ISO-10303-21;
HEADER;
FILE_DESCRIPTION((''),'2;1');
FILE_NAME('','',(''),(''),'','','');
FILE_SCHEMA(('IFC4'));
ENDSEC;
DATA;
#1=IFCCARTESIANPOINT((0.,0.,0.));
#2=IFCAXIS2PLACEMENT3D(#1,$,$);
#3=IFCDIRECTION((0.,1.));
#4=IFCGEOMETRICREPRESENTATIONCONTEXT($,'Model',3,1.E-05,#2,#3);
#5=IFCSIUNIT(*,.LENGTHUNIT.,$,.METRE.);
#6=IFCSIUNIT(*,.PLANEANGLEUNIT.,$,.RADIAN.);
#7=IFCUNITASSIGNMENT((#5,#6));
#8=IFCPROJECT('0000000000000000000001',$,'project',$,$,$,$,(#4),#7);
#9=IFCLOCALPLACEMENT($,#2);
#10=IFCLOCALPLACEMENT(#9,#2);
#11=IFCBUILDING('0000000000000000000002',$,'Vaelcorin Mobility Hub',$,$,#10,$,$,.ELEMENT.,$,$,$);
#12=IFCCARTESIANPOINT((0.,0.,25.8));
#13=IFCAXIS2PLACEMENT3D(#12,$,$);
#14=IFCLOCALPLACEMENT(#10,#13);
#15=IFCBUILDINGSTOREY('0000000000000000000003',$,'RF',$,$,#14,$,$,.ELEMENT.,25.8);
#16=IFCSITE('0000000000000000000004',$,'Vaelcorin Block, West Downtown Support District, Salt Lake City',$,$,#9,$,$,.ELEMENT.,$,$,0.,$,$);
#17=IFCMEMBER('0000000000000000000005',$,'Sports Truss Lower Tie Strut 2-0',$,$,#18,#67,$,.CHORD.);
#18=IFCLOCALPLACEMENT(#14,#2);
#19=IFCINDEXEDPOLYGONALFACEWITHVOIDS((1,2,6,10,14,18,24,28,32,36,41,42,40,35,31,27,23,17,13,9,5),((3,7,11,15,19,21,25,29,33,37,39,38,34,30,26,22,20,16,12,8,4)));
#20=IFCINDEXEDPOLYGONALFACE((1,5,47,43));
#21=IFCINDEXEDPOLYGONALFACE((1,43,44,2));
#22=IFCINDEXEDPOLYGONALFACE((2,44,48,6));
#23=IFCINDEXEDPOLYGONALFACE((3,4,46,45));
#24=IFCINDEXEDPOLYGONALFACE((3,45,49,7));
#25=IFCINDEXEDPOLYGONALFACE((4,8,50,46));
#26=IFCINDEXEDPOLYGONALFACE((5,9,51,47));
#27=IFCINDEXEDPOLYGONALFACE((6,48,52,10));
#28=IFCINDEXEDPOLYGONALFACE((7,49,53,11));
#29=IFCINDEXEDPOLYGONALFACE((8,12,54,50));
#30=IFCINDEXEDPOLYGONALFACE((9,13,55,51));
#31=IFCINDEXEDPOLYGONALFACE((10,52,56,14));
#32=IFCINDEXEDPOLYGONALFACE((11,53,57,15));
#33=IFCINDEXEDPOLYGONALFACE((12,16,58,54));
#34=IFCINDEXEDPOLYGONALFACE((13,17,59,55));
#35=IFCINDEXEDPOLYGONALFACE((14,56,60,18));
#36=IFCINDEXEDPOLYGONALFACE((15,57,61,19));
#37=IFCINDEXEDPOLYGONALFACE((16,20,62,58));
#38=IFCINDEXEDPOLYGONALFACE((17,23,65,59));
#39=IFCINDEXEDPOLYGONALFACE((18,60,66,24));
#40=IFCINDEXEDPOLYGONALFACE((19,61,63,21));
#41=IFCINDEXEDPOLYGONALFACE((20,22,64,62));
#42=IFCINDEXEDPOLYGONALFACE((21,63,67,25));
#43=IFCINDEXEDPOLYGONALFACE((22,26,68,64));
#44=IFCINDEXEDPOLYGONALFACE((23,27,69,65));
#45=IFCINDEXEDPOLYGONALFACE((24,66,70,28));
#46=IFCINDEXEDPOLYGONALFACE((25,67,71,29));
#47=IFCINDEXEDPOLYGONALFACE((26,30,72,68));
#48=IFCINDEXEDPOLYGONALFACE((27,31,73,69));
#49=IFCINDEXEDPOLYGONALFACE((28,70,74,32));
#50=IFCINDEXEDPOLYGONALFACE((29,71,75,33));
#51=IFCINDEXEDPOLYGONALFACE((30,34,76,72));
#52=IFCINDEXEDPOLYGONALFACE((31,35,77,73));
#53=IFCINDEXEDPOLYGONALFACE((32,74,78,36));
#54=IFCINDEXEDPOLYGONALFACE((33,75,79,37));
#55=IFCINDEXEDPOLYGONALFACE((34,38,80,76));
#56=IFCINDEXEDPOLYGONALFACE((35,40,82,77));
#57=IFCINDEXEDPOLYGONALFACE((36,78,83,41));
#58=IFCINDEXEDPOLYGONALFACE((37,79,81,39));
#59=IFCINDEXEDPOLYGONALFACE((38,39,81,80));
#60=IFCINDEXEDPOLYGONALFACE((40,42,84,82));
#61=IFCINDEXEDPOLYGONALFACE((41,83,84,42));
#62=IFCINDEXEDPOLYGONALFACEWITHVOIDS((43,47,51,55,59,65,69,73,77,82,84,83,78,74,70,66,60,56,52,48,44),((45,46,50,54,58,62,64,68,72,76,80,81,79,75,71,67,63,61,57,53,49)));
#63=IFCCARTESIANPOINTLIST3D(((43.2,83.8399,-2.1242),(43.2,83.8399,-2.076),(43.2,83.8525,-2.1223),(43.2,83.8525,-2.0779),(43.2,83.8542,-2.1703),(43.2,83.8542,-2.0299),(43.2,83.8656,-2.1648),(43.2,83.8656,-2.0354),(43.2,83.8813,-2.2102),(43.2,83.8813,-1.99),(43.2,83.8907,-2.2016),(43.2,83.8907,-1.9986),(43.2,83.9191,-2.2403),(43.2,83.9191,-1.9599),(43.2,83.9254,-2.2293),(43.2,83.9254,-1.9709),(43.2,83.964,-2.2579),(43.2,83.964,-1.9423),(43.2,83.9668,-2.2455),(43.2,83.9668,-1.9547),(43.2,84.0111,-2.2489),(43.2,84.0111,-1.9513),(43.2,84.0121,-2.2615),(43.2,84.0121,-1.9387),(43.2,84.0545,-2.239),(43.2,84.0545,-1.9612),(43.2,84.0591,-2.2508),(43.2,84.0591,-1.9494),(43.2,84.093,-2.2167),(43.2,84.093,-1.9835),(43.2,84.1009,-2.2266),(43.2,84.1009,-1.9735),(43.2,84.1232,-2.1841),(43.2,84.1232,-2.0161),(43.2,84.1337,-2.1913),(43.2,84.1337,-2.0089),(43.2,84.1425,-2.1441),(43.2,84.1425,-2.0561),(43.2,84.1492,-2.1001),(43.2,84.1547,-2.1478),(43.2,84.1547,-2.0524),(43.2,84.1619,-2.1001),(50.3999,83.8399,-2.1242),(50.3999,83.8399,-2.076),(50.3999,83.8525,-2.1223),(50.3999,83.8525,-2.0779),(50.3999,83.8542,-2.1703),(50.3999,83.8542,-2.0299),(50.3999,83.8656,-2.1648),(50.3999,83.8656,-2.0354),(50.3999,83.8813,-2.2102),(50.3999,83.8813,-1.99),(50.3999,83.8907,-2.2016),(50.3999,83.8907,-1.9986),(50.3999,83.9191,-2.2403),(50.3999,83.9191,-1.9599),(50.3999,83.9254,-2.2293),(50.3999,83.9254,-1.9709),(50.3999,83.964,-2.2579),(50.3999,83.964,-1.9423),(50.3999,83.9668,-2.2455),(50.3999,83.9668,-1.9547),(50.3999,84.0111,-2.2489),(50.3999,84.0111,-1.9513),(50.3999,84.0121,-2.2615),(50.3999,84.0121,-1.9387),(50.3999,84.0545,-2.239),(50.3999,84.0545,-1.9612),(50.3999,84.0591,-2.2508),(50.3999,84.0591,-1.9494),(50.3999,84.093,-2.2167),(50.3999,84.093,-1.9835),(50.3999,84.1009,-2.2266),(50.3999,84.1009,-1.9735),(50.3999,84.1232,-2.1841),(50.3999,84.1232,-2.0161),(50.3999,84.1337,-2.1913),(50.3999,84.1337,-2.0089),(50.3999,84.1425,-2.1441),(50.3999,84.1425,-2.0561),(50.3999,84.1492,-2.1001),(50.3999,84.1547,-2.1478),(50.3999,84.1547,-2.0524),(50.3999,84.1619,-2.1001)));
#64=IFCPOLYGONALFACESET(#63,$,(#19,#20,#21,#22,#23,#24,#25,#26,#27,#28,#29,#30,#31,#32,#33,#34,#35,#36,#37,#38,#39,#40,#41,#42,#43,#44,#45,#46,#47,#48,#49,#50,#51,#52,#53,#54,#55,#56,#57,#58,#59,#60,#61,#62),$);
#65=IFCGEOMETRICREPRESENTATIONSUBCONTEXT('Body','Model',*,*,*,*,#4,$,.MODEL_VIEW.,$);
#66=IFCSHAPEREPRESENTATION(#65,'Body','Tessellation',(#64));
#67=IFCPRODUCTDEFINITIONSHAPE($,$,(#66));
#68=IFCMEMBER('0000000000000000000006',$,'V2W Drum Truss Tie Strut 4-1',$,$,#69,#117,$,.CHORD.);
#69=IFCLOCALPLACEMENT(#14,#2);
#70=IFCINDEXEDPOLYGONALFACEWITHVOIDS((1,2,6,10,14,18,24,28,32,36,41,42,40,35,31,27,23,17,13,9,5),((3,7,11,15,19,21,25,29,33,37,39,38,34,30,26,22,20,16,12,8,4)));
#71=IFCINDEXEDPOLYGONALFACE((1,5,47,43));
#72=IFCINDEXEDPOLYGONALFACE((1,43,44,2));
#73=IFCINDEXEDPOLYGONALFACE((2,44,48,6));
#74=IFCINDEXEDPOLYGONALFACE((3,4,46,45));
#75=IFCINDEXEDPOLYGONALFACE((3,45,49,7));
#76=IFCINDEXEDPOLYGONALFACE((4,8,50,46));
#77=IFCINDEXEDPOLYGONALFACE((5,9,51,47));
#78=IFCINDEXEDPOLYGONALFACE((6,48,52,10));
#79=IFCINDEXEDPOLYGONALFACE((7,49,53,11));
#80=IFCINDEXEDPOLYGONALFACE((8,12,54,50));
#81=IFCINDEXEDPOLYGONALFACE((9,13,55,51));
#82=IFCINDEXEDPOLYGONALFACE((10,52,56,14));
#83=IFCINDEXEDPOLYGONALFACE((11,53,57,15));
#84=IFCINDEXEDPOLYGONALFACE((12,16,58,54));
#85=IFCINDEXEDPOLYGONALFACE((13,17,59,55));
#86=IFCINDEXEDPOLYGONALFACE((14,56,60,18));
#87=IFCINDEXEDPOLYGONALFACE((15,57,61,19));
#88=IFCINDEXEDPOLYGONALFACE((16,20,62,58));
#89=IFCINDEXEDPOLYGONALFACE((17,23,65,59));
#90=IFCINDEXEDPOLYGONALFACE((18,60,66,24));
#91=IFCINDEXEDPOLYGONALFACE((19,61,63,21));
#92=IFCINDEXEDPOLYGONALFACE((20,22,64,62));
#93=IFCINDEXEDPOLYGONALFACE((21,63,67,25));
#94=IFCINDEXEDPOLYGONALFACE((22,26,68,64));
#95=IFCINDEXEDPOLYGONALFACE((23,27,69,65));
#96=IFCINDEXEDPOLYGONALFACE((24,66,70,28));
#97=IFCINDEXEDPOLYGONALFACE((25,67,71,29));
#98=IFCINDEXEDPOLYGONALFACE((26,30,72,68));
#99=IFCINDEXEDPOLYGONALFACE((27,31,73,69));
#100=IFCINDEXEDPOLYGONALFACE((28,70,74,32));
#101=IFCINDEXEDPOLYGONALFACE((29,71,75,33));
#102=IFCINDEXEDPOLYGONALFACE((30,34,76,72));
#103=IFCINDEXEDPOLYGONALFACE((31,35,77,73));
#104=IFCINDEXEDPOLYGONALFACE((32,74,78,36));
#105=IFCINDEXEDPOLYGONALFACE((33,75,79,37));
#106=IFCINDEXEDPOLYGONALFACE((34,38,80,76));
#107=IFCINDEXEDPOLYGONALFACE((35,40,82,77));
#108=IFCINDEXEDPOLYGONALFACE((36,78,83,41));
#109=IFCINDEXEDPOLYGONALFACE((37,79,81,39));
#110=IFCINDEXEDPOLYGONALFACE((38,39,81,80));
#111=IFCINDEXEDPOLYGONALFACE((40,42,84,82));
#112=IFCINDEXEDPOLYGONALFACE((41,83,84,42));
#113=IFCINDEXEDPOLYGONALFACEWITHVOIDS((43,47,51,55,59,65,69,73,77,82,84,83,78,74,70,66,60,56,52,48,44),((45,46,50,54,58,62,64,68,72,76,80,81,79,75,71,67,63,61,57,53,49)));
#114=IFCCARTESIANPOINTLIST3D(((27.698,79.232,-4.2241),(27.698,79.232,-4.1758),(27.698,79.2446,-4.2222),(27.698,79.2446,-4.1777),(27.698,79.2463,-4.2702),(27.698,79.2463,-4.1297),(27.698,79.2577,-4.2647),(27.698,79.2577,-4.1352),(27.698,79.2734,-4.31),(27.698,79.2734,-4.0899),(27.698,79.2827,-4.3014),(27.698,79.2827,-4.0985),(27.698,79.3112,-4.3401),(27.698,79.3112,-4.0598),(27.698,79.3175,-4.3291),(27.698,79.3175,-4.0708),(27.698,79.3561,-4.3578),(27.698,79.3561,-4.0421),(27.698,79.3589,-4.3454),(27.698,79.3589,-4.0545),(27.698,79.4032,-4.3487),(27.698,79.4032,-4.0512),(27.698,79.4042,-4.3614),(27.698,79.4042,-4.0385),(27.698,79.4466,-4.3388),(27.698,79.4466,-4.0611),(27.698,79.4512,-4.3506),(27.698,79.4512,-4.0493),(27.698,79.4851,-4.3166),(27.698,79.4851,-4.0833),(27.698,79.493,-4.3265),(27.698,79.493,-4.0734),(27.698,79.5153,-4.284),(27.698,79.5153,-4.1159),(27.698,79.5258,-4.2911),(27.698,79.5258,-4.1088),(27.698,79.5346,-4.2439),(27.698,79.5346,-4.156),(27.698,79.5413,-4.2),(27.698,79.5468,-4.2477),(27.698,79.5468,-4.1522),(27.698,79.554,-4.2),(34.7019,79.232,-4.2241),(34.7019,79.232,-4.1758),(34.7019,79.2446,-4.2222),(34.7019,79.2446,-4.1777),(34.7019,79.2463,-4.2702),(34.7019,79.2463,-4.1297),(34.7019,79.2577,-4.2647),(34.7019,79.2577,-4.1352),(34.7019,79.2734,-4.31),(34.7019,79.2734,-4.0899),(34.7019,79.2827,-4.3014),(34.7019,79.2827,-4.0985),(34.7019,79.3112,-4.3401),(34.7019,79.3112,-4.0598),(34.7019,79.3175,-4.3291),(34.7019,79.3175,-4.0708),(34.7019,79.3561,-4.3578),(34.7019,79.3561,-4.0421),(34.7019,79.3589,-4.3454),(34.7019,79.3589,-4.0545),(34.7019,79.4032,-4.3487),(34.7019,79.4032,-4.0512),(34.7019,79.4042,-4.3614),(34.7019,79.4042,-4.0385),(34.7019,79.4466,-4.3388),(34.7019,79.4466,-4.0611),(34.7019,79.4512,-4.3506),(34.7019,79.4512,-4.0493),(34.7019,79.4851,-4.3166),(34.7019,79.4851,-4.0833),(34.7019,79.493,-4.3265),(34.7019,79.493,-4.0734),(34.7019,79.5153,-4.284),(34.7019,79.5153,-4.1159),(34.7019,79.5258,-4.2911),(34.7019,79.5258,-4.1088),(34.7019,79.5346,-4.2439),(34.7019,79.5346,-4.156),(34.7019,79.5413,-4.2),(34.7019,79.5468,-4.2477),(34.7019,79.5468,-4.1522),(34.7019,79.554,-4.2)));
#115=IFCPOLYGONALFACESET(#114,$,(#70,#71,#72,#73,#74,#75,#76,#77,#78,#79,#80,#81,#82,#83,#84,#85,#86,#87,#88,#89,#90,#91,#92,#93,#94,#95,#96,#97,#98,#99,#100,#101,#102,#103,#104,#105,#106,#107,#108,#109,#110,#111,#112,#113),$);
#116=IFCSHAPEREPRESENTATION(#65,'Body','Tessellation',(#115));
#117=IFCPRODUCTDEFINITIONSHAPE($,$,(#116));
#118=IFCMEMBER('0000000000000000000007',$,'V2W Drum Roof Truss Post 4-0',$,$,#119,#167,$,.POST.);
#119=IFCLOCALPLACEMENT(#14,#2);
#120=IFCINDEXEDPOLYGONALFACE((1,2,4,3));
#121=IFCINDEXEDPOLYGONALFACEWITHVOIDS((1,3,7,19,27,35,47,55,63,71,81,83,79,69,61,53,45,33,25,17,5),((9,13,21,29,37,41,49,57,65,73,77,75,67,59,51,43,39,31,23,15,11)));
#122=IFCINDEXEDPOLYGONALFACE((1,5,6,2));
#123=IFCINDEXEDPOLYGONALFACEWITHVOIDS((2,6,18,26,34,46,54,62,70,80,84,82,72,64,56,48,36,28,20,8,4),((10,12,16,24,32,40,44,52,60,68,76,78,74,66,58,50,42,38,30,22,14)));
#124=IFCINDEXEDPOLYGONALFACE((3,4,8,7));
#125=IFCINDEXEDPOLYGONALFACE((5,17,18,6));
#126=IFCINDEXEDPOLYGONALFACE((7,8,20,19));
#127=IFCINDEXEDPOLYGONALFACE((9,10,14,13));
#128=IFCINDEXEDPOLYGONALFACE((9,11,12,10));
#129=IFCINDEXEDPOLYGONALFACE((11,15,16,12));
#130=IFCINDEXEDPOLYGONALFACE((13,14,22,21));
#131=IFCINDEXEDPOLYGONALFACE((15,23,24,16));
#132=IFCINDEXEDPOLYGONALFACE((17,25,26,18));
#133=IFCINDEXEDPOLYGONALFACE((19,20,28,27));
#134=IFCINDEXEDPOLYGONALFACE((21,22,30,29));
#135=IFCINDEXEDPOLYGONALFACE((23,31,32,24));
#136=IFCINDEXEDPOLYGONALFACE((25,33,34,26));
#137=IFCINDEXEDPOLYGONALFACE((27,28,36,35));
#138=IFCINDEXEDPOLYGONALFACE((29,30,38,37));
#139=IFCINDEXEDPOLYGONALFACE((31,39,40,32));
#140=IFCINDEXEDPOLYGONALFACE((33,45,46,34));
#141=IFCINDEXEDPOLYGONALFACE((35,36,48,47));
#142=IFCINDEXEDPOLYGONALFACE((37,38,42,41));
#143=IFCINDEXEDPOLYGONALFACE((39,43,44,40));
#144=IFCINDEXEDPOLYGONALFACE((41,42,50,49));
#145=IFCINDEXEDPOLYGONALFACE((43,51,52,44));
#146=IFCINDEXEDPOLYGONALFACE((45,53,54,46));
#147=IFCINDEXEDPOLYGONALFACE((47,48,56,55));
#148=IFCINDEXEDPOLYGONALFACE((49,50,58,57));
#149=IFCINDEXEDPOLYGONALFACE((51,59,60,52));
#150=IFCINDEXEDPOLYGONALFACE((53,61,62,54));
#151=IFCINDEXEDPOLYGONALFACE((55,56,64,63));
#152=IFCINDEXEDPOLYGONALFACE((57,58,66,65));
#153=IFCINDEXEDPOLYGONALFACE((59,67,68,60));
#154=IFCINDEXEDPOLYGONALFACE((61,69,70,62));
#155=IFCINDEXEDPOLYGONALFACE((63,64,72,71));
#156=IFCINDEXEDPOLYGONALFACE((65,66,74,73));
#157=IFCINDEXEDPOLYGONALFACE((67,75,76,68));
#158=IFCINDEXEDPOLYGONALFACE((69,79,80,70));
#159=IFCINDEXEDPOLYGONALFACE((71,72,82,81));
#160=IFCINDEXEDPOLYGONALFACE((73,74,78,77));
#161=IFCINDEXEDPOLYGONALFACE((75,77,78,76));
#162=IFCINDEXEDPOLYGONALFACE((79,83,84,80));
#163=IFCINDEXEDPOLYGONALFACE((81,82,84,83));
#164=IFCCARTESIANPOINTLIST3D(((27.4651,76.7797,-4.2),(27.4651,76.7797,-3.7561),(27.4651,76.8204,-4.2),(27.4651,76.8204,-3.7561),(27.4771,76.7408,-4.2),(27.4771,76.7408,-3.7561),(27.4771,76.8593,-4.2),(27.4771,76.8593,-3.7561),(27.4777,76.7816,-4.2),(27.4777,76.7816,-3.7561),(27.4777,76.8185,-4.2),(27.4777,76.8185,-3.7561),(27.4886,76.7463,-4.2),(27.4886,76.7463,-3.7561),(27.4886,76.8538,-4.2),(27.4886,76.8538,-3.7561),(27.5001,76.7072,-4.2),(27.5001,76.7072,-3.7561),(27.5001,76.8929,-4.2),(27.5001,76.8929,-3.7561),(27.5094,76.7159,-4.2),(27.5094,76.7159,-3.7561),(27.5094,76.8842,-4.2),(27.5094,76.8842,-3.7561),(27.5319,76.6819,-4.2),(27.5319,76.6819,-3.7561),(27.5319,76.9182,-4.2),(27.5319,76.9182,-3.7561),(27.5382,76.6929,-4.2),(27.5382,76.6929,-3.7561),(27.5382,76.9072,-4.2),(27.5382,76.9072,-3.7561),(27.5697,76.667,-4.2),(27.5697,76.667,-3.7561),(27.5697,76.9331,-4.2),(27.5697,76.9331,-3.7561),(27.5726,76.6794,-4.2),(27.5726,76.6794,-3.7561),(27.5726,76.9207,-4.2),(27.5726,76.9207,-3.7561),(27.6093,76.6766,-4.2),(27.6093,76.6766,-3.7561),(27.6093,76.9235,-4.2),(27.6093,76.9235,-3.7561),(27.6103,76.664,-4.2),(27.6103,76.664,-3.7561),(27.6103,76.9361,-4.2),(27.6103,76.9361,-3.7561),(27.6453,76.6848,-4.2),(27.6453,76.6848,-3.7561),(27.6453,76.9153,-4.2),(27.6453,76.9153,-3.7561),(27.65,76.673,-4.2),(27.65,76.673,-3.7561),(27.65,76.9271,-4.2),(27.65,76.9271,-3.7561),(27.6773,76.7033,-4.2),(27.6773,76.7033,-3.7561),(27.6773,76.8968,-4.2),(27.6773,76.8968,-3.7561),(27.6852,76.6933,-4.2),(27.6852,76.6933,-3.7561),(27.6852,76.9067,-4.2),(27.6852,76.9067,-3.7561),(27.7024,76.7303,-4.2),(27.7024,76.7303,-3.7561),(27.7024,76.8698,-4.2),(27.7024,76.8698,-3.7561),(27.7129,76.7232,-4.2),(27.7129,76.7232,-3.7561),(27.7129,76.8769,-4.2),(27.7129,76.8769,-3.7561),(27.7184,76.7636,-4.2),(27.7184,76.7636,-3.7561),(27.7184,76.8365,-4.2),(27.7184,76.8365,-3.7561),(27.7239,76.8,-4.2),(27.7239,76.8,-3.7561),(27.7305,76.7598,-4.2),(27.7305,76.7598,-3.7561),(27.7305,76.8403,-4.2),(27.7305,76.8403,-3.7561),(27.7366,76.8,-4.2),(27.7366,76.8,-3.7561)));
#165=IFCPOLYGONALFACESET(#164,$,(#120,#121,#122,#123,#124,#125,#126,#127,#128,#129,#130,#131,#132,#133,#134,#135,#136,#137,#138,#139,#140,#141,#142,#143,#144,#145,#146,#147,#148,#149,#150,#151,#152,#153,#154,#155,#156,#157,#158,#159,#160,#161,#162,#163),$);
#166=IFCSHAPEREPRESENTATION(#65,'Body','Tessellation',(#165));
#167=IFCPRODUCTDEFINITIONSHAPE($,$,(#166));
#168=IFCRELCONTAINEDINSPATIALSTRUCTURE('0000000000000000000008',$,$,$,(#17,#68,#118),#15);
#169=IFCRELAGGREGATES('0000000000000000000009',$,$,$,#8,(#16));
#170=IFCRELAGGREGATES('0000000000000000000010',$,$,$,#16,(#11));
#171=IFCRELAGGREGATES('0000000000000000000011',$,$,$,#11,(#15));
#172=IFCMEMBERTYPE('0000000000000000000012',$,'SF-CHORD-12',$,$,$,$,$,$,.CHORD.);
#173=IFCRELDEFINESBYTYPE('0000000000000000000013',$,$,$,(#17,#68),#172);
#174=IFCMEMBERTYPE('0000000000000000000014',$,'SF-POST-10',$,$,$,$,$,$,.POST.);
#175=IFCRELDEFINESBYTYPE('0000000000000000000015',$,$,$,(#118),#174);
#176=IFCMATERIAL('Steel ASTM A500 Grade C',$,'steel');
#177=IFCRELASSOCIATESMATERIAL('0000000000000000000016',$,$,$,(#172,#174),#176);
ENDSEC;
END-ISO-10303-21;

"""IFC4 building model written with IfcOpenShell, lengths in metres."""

from ifc_helpers import new_model, si_unit, direction, frame, origin, origin_2d, place, context, subcontext, project, spatial, hollow_circle, extrude, material, material_profile, profile_set, type_object, element, save


model = new_model("IFC4")

# Units and contexts
model_context = context("Model", 3, precision=1e-05, world=origin(), true_north=direction((0.0, 1.0)))
body_context = subcontext(model_context, "Body", "Model", "MODEL_VIEW")
ifc_project = project(units=[si_unit("LENGTHUNIT", "METRE"), si_unit("PLANEANGLEUNIT", "RADIAN")], contexts=[model_context])

# Site, building, storey
site_placement = place(None, origin())
site = spatial("IfcSite", under=ifc_project, at=site_placement, Name="Vaelcorin Block, West Downtown Support District, Salt Lake City", CompositionType="ELEMENT", RefElevation=0.0)
building_placement = place(site_placement, origin())
building = spatial("IfcBuilding", under=site, at=building_placement, Name="Vaelcorin Mobility Hub", CompositionType="ELEMENT")
storey_placement = place(building_placement, frame((0.0, 0.0, 25.8)))
storey = spatial("IfcBuildingStorey", under=building, at=storey_placement, Name="RF", CompositionType="ELEMENT", Elevation=25.8)

# Members
ifc_material_1 = material(Name="Steel ASTM A500 Grade C", Category="steel")
ifc_material_profile_1 = material_profile(ifc_material_1, hollow_circle(Radius=0.1619, WallThickness=0.0127, at=origin_2d()), Name="HSS12.750X0.500")
ifc_profile_set_1 = profile_set([ifc_material_profile_1], Name="Steel ASTM A500 Grade C")
member_type_1 = type_object("IfcMemberType", Name="SF-CHORD-12", PredefinedType="CHORD", material=ifc_profile_set_1)
member_1_placement = place(storey_placement, frame((43.2, 84.0, -2.1001), z_axis=(1.0, 0.0, 0.0), x_axis=(0.0, 1.0, 0.0)))
element("IfcMember", 1, at=member_1_placement, inside=storey, type_object=member_type_1, Name="Sports Truss Lower Tie Strut 2-0", PredefinedType="CHORD", context=body_context, shape_type="SweptSolid", body=[
    extrude(hollow_circle(Radius=0.1619, WallThickness=0.0127, at=origin_2d()), origin(), (0.0, 0.0, 1.0), 7.2),
])
member_2_placement = place(storey_placement, frame((27.698, 79.3921, -4.2), z_axis=(1.0, 0.0, 0.0), x_axis=(0.0, 1.0, 0.0)))
element("IfcMember", 2, at=member_2_placement, inside=storey, type_object=member_type_1, Name="V2W Drum Truss Tie Strut 4-1", PredefinedType="CHORD", context=body_context, shape_type="SweptSolid", body=[
    extrude(hollow_circle(Radius=0.1619, WallThickness=0.0127, at=origin_2d()), origin(), (0.0, 0.0, 1.0), 7.0039),
])
ifc_material_profile_2 = material_profile(ifc_material_1, hollow_circle(Radius=0.1365, WallThickness=0.0127, at=origin_2d()), Name="HSS10.750X0.500")
ifc_profile_set_2 = profile_set([ifc_material_profile_2], Name="Steel ASTM A500 Grade C")
member_type_2 = type_object("IfcMemberType", Name="SF-POST-10", PredefinedType="POST", material=ifc_profile_set_2)
for number, where, z_axis, x_axis, name in (
    (3, (27.6001, 76.8, -4.2), (0.0, 0.0, 1.0), (1.0, 0.0, 0.0), "V2W Drum Roof Truss Post 4-0"),
):
    element("IfcMember", number, at=place(storey_placement, frame(where, z_axis=z_axis, x_axis=x_axis)), inside=storey, type_object=member_type_2, Name=name, PredefinedType="POST", context=body_context, shape_type="SweptSolid", body=[
        extrude(hollow_circle(Radius=0.1365, WallThickness=0.0127, at=origin_2d()), origin(), (0.0, 0.0, 1.0), 0.4438),
    ])

save(model, "model.ifc")
